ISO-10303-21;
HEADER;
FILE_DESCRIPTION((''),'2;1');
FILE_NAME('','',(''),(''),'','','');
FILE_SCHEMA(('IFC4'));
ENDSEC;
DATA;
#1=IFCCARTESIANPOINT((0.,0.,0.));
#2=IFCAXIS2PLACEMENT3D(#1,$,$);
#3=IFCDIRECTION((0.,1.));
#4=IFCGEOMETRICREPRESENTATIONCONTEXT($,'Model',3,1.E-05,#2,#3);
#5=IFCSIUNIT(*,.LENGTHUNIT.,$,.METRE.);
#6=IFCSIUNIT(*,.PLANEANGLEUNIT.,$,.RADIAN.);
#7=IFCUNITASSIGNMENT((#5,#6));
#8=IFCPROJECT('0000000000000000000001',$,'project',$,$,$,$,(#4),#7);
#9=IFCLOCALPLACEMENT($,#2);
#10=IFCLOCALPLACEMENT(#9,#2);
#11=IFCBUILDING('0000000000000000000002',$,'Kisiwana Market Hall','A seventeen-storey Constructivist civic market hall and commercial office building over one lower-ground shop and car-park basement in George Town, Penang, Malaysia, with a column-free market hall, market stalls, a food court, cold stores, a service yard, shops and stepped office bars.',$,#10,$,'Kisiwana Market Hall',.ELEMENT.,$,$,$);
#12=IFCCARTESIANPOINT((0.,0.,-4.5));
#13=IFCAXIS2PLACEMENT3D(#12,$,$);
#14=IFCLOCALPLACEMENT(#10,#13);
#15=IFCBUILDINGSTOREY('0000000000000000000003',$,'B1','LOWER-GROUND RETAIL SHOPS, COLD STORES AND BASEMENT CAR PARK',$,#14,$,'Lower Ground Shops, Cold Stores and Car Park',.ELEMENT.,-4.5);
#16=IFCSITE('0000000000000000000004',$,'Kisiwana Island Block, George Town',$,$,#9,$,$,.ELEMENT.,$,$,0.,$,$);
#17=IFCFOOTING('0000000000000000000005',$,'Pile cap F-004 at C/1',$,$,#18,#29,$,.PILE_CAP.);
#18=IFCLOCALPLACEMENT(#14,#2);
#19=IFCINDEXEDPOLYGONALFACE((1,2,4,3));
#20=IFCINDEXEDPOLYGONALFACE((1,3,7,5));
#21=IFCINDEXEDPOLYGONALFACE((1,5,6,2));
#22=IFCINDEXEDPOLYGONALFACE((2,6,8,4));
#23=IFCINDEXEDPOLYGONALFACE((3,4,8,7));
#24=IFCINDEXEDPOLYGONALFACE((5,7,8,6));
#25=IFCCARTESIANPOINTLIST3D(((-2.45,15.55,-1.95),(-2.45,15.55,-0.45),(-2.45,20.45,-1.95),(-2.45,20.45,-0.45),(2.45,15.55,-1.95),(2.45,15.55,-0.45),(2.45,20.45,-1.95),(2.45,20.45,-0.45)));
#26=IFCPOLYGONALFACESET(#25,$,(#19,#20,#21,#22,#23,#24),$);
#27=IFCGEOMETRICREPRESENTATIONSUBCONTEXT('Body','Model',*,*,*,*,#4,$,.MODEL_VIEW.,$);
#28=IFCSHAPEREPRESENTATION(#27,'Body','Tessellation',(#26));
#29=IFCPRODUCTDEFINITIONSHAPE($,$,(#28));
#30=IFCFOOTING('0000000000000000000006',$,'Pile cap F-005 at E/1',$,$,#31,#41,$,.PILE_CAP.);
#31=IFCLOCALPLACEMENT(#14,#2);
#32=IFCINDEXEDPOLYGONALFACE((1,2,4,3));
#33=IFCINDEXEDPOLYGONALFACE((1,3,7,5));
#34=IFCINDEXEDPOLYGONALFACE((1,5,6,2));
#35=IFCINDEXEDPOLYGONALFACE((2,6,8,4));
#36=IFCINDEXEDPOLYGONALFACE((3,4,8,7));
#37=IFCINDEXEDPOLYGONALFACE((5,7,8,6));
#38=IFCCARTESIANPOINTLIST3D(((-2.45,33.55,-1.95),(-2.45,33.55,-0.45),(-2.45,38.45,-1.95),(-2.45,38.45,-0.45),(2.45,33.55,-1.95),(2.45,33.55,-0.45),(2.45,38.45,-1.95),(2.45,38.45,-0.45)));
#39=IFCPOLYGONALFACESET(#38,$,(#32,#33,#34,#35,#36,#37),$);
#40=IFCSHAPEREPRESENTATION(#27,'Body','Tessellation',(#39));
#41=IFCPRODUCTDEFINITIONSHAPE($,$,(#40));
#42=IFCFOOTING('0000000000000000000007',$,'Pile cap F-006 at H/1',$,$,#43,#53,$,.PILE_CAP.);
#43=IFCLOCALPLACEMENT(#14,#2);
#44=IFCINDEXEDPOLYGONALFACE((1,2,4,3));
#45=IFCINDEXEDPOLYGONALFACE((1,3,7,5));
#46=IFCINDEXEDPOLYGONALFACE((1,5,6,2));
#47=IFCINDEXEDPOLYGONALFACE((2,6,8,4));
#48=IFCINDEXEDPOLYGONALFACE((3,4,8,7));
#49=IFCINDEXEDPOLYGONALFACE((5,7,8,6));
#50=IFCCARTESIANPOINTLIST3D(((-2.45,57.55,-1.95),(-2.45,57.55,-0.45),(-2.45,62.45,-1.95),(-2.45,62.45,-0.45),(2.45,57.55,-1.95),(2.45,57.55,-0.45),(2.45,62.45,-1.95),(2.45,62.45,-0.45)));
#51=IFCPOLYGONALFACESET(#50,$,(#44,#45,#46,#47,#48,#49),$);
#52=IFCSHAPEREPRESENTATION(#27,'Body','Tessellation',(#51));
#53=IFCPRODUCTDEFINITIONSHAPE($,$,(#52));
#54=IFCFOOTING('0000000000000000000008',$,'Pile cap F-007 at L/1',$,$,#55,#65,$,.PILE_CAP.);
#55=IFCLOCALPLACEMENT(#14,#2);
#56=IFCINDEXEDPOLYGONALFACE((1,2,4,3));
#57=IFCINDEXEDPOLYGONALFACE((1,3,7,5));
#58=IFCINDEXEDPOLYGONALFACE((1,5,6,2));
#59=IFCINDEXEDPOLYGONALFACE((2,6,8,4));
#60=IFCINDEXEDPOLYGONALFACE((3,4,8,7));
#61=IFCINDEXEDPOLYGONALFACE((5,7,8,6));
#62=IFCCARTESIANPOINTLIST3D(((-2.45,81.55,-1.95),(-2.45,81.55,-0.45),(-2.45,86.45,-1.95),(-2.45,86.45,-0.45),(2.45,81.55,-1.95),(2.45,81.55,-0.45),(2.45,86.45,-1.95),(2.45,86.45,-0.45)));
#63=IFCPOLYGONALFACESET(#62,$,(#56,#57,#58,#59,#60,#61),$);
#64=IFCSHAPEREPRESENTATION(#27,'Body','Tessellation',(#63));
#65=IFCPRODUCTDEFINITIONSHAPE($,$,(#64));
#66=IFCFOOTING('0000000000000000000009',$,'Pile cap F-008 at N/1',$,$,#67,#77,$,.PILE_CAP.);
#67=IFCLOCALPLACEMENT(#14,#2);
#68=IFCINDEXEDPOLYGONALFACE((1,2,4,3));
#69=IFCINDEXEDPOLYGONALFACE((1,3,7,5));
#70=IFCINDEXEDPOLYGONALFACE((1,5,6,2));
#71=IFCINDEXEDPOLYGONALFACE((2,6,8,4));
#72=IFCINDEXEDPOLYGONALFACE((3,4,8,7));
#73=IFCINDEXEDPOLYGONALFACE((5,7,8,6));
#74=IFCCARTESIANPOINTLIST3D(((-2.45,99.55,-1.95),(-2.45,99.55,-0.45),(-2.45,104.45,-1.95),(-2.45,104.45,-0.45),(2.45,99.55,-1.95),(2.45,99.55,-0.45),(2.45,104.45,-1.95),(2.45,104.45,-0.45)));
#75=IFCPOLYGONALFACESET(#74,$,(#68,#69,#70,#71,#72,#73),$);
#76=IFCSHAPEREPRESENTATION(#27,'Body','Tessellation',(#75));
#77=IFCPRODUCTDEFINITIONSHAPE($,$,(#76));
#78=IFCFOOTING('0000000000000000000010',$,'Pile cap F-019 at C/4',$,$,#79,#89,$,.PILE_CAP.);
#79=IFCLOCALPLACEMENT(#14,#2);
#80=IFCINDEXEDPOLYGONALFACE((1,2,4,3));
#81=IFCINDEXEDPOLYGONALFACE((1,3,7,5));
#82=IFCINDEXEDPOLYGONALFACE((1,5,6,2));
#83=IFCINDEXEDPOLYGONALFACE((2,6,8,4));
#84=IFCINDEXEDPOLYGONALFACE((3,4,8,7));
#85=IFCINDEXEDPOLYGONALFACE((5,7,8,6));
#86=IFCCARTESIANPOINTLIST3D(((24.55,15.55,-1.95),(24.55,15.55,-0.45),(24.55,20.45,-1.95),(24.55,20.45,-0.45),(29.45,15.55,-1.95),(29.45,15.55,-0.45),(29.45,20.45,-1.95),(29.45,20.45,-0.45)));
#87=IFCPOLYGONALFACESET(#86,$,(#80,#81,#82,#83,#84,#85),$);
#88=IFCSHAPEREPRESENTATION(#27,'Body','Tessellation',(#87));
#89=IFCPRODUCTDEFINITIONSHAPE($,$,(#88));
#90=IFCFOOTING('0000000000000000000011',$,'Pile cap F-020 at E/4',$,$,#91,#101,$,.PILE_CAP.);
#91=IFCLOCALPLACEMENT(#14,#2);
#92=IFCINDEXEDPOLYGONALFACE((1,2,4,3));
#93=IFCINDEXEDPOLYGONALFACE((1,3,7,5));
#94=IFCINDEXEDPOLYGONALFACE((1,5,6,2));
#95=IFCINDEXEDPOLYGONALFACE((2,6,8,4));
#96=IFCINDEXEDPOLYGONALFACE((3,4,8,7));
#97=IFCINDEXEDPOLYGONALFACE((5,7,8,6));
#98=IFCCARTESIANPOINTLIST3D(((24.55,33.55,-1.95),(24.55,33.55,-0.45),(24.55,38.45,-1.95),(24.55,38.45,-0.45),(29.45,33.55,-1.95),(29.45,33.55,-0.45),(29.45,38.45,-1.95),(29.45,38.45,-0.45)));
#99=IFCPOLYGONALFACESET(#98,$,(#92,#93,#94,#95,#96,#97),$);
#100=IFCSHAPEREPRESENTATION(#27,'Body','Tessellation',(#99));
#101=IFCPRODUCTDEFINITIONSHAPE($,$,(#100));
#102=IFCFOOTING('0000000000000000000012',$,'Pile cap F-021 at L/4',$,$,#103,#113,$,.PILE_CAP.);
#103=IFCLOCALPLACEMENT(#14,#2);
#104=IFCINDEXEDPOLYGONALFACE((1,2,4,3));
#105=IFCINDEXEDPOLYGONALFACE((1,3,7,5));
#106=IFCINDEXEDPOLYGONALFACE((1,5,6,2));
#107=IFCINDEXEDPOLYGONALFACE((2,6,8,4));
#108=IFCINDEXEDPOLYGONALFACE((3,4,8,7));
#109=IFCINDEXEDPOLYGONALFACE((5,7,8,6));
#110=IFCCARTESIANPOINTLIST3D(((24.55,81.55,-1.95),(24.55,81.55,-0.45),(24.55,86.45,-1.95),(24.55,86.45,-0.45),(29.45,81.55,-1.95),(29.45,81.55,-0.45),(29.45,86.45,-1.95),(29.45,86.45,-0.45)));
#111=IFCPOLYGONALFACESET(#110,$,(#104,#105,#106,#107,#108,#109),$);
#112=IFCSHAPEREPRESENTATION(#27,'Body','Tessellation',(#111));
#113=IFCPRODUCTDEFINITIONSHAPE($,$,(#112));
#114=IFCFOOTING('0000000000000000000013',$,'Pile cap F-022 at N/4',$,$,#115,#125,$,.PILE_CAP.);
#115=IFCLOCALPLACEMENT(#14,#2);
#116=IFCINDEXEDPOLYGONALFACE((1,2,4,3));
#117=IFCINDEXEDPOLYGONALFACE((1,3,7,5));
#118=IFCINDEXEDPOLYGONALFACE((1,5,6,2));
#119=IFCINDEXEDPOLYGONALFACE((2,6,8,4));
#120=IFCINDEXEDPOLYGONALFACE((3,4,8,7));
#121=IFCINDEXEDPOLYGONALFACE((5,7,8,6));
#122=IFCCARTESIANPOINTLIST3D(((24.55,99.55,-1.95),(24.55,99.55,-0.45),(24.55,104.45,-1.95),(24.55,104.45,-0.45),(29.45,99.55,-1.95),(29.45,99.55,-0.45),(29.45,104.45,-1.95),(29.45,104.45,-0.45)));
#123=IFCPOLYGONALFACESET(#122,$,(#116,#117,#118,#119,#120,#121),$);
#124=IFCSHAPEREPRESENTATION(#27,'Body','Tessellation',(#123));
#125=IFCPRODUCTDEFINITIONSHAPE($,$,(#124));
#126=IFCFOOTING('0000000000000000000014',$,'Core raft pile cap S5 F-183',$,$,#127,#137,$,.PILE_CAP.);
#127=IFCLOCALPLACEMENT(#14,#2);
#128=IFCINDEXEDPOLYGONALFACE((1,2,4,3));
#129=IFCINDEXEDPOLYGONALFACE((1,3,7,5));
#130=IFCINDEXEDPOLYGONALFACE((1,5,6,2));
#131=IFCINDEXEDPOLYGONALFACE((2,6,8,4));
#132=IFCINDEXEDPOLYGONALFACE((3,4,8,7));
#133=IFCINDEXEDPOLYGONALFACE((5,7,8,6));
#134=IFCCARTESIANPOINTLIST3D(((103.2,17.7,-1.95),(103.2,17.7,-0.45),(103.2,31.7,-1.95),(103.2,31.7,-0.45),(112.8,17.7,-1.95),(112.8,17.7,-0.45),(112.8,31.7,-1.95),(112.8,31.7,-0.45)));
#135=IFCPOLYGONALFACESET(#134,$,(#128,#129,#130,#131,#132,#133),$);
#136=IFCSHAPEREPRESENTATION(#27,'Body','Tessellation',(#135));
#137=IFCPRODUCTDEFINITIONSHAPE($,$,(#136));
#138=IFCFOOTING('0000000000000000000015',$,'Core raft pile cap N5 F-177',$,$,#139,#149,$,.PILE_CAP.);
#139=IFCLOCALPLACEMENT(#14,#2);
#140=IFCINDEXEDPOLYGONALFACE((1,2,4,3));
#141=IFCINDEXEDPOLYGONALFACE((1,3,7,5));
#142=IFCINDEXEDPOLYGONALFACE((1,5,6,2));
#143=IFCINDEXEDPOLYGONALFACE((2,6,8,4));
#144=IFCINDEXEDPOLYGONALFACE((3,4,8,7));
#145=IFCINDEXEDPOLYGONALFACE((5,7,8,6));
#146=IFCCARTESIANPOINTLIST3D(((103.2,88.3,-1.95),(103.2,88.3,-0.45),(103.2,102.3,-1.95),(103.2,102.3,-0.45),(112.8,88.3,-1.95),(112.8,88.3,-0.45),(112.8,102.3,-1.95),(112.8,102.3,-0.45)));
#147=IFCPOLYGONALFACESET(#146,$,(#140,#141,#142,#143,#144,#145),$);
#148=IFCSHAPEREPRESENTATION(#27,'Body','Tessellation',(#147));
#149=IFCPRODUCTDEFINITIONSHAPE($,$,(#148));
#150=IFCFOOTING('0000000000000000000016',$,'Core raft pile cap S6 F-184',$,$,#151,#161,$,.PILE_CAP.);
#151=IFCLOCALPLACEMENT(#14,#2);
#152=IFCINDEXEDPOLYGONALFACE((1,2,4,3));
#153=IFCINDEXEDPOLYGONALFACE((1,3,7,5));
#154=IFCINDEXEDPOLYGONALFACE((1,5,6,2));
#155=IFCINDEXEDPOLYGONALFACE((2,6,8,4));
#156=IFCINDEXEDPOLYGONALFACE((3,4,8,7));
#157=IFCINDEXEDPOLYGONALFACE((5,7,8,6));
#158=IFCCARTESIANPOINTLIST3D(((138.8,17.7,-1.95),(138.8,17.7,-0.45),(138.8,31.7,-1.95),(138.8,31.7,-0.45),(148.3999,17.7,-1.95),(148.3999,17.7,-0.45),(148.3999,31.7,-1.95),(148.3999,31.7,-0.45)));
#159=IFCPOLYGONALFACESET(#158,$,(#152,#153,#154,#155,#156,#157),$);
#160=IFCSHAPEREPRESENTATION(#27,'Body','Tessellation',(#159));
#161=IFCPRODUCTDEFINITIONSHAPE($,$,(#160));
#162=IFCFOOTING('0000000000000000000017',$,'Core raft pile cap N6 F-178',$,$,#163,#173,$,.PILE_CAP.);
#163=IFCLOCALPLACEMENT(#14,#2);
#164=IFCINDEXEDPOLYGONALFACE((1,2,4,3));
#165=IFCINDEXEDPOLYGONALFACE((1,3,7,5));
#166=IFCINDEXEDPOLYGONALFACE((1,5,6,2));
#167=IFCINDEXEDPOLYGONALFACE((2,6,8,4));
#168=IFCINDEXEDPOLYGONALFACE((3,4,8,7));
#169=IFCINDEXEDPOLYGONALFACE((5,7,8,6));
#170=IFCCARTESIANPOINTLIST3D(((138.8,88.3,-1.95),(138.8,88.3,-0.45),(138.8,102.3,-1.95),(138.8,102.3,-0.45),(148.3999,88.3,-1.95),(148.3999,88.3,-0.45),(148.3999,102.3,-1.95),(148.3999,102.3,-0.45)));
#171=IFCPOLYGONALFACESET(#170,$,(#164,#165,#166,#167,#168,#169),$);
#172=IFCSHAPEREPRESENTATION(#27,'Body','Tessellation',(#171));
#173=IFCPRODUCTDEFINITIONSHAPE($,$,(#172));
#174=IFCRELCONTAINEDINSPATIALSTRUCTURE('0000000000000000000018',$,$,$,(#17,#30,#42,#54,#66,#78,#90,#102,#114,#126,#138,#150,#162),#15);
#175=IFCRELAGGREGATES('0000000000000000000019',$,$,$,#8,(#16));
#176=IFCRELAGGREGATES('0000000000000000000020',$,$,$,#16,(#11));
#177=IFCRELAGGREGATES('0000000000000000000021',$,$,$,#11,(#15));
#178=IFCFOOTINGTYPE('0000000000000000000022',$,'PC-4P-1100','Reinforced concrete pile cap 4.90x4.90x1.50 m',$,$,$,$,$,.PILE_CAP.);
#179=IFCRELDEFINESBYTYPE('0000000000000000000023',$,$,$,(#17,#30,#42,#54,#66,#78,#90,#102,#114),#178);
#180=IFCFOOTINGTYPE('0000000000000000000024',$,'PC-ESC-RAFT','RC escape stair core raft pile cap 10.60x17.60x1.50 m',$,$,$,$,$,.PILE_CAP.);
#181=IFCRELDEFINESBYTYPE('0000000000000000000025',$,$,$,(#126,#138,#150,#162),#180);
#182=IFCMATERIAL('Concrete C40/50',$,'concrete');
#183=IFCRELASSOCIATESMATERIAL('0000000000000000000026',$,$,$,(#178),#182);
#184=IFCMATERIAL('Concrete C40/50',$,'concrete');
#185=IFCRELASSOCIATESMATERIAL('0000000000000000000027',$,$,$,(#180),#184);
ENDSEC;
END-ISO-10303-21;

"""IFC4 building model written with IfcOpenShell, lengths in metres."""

from ifc_helpers import new_model, si_unit, direction, frame, origin, place, context, subcontext, project, spatial, polyline, outline, extrude, material, type_object, element, save


model = new_model("IFC4")

# Units and contexts
model_context = context("Model", 3, precision=1e-05, world=origin(), true_north=direction((0.0, 1.0)))
body_context = subcontext(model_context, "Body", "Model", "MODEL_VIEW")
ifc_project = project(units=[si_unit("LENGTHUNIT", "METRE"), si_unit("PLANEANGLEUNIT", "RADIAN")], contexts=[model_context])

# Site, building, storey
site_placement = place(None, origin())
site = spatial("IfcSite", under=ifc_project, at=site_placement, Name="Kisiwana Island Block, George Town", CompositionType="ELEMENT", RefElevation=0.0)
building_placement = place(site_placement, origin())
building = spatial("IfcBuilding", under=site, at=building_placement, Name="Kisiwana Market Hall", Description="A seventeen-storey Constructivist civic market hall and commercial office building over one lower-ground shop and car-park basement in George Town, Penang, Malaysia, with a column-free market hall, market stalls, a food court, cold stores, a service yard, shops and stepped office bars.", LongName="Kisiwana Market Hall", CompositionType="ELEMENT")
storey_placement = place(building_placement, frame((0.0, 0.0, -4.5)))
storey = spatial("IfcBuildingStorey", under=building, at=storey_placement, Name="B1", Description="LOWER-GROUND RETAIL SHOPS, COLD STORES AND BASEMENT CAR PARK", LongName="Lower Ground Shops, Cold Stores and Car Park", CompositionType="ELEMENT", Elevation=-4.5)

# Footings
ifc_material_1 = material(Name="Concrete C40/50", Category="concrete")
footing_type_1 = type_object("IfcFootingType", Name="PC-4P-1100", Description="Reinforced concrete pile cap 4.90x4.90x1.50 m", PredefinedType="PILE_CAP", material=ifc_material_1)
footing_1_placement = place(storey_placement, frame((0.0, 0.0, -1.95)))
element("IfcFooting", 1, at=footing_1_placement, inside=storey, type_object=footing_type_1, Name="Pile cap F-004 at C/1", PredefinedType="PILE_CAP", context=body_context, shape_type="SweptSolid", body=[
    extrude(outline(polyline([(-2.45, 15.55), (2.45, 15.55), (2.45, 20.45), (-2.45, 20.45), (-2.45, 15.55)])), origin(), (0.0, 0.0, 1.0), 1.5),
])
footing_2_placement = place(storey_placement, frame((0.0, 0.0, -1.95)))
element("IfcFooting", 2, at=footing_2_placement, inside=storey, type_object=footing_type_1, Name="Pile cap F-005 at E/1", PredefinedType="PILE_CAP", context=body_context, shape_type="SweptSolid", body=[
    extrude(outline(polyline([(-2.45, 33.55), (2.45, 33.55), (2.45, 38.45), (-2.45, 38.45), (-2.45, 33.55)])), origin(), (0.0, 0.0, 1.0), 1.5),
])
footing_3_placement = place(storey_placement, frame((0.0, 0.0, -1.95)))
element("IfcFooting", 3, at=footing_3_placement, inside=storey, type_object=footing_type_1, Name="Pile cap F-006 at H/1", PredefinedType="PILE_CAP", context=body_context, shape_type="SweptSolid", body=[
    extrude(outline(polyline([(-2.45, 57.55), (2.45, 57.55), (2.45, 62.45), (-2.45, 62.45), (-2.45, 57.55)])), origin(), (0.0, 0.0, 1.0), 1.5),
])
footing_4_placement = place(storey_placement, frame((0.0, 0.0, -1.95)))
element("IfcFooting", 4, at=footing_4_placement, inside=storey, type_object=footing_type_1, Name="Pile cap F-007 at L/1", PredefinedType="PILE_CAP", context=body_context, shape_type="SweptSolid", body=[
    extrude(outline(polyline([(-2.45, 81.55), (2.45, 81.55), (2.45, 86.45), (-2.45, 86.45), (-2.45, 81.55)])), origin(), (0.0, 0.0, 1.0), 1.5),
])
footing_5_placement = place(storey_placement, frame((0.0, 0.0, -1.95)))
element("IfcFooting", 5, at=footing_5_placement, inside=storey, type_object=footing_type_1, Name="Pile cap F-008 at N/1", PredefinedType="PILE_CAP", context=body_context, shape_type="SweptSolid", body=[
    extrude(outline(polyline([(-2.45, 99.55), (2.45, 99.55), (2.45, 104.45), (-2.45, 104.45), (-2.45, 99.55)])), origin(), (0.0, 0.0, 1.0), 1.5),
])
footing_6_placement = place(storey_placement, frame((0.0, 0.0, -1.95)))
element("IfcFooting", 6, at=footing_6_placement, inside=storey, type_object=footing_type_1, Name="Pile cap F-019 at C/4", PredefinedType="PILE_CAP", context=body_context, shape_type="SweptSolid", body=[
    extrude(outline(polyline([(24.55, 15.55), (29.45, 15.55), (29.45, 20.45), (24.55, 20.45), (24.55, 15.55)])), origin(), (0.0, 0.0, 1.0), 1.5),
])
footing_7_placement = place(storey_placement, frame((0.0, 0.0, -1.95)))
element("IfcFooting", 7, at=footing_7_placement, inside=storey, type_object=footing_type_1, Name="Pile cap F-020 at E/4", PredefinedType="PILE_CAP", context=body_context, shape_type="SweptSolid", body=[
    extrude(outline(polyline([(24.55, 33.55), (29.45, 33.55), (29.45, 38.45), (24.55, 38.45), (24.55, 33.55)])), origin(), (0.0, 0.0, 1.0), 1.5),
])
footing_8_placement = place(storey_placement, frame((0.0, 0.0, -1.95)))
element("IfcFooting", 8, at=footing_8_placement, inside=storey, type_object=footing_type_1, Name="Pile cap F-021 at L/4", PredefinedType="PILE_CAP", context=body_context, shape_type="SweptSolid", body=[
    extrude(outline(polyline([(24.55, 81.55), (29.45, 81.55), (29.45, 86.45), (24.55, 86.45), (24.55, 81.55)])), origin(), (0.0, 0.0, 1.0), 1.5),
])
footing_9_placement = place(storey_placement, frame((0.0, 0.0, -1.95)))
element("IfcFooting", 9, at=footing_9_placement, inside=storey, type_object=footing_type_1, Name="Pile cap F-022 at N/4", PredefinedType="PILE_CAP", context=body_context, shape_type="SweptSolid", body=[
    extrude(outline(polyline([(24.55, 99.55), (29.45, 99.55), (29.45, 104.45), (24.55, 104.45), (24.55, 99.55)])), origin(), (0.0, 0.0, 1.0), 1.5),
])
ifc_material_2 = material(Name="Concrete C40/50", Category="concrete")
footing_type_2 = type_object("IfcFootingType", Name="PC-ESC-RAFT", Description="RC escape stair core raft pile cap 10.60x17.60x1.50 m", PredefinedType="PILE_CAP", material=ifc_material_2)
footing_10_placement = place(storey_placement, frame((0.0, 0.0, -1.95)))
element("IfcFooting", 10, at=footing_10_placement, inside=storey, type_object=footing_type_2, Name="Core raft pile cap S5 F-183", PredefinedType="PILE_CAP", context=body_context, shape_type="SweptSolid", body=[
    extrude(outline(polyline([(103.2, 17.7), (112.8, 17.7), (112.8, 31.7), (103.2, 31.7), (103.2, 17.7)])), origin(), (0.0, 0.0, 1.0), 1.5),
])
footing_11_placement = place(storey_placement, frame((0.0, 0.0, -1.95)))
element("IfcFooting", 11, at=footing_11_placement, inside=storey, type_object=footing_type_2, Name="Core raft pile cap N5 F-177", PredefinedType="PILE_CAP", context=body_context, shape_type="SweptSolid", body=[
    extrude(outline(polyline([(103.2, 88.3), (112.8, 88.3), (112.8, 102.3), (103.2, 102.3), (103.2, 88.3)])), origin(), (0.0, 0.0, 1.0), 1.5),
])
footing_12_placement = place(storey_placement, frame((0.0, 0.0, -1.95)))
element("IfcFooting", 12, at=footing_12_placement, inside=storey, type_object=footing_type_2, Name="Core raft pile cap S6 F-184", PredefinedType="PILE_CAP", context=body_context, shape_type="SweptSolid", body=[
    extrude(outline(polyline([(138.8, 17.7), (148.3999, 17.7), (148.3999, 31.7), (138.8, 31.7), (138.8, 17.7)])), origin(), (0.0, 0.0, 1.0), 1.5),
])
footing_13_placement = place(storey_placement, frame((0.0, 0.0, -1.95)))
element("IfcFooting", 13, at=footing_13_placement, inside=storey, type_object=footing_type_2, Name="Core raft pile cap N6 F-178", PredefinedType="PILE_CAP", context=body_context, shape_type="SweptSolid", body=[
    extrude(outline(polyline([(138.8, 88.3), (148.3999, 88.3), (148.3999, 102.3), (138.8, 102.3), (138.8, 88.3)])), origin(), (0.0, 0.0, 1.0), 1.5),
])

save(model, "model.ifc")
